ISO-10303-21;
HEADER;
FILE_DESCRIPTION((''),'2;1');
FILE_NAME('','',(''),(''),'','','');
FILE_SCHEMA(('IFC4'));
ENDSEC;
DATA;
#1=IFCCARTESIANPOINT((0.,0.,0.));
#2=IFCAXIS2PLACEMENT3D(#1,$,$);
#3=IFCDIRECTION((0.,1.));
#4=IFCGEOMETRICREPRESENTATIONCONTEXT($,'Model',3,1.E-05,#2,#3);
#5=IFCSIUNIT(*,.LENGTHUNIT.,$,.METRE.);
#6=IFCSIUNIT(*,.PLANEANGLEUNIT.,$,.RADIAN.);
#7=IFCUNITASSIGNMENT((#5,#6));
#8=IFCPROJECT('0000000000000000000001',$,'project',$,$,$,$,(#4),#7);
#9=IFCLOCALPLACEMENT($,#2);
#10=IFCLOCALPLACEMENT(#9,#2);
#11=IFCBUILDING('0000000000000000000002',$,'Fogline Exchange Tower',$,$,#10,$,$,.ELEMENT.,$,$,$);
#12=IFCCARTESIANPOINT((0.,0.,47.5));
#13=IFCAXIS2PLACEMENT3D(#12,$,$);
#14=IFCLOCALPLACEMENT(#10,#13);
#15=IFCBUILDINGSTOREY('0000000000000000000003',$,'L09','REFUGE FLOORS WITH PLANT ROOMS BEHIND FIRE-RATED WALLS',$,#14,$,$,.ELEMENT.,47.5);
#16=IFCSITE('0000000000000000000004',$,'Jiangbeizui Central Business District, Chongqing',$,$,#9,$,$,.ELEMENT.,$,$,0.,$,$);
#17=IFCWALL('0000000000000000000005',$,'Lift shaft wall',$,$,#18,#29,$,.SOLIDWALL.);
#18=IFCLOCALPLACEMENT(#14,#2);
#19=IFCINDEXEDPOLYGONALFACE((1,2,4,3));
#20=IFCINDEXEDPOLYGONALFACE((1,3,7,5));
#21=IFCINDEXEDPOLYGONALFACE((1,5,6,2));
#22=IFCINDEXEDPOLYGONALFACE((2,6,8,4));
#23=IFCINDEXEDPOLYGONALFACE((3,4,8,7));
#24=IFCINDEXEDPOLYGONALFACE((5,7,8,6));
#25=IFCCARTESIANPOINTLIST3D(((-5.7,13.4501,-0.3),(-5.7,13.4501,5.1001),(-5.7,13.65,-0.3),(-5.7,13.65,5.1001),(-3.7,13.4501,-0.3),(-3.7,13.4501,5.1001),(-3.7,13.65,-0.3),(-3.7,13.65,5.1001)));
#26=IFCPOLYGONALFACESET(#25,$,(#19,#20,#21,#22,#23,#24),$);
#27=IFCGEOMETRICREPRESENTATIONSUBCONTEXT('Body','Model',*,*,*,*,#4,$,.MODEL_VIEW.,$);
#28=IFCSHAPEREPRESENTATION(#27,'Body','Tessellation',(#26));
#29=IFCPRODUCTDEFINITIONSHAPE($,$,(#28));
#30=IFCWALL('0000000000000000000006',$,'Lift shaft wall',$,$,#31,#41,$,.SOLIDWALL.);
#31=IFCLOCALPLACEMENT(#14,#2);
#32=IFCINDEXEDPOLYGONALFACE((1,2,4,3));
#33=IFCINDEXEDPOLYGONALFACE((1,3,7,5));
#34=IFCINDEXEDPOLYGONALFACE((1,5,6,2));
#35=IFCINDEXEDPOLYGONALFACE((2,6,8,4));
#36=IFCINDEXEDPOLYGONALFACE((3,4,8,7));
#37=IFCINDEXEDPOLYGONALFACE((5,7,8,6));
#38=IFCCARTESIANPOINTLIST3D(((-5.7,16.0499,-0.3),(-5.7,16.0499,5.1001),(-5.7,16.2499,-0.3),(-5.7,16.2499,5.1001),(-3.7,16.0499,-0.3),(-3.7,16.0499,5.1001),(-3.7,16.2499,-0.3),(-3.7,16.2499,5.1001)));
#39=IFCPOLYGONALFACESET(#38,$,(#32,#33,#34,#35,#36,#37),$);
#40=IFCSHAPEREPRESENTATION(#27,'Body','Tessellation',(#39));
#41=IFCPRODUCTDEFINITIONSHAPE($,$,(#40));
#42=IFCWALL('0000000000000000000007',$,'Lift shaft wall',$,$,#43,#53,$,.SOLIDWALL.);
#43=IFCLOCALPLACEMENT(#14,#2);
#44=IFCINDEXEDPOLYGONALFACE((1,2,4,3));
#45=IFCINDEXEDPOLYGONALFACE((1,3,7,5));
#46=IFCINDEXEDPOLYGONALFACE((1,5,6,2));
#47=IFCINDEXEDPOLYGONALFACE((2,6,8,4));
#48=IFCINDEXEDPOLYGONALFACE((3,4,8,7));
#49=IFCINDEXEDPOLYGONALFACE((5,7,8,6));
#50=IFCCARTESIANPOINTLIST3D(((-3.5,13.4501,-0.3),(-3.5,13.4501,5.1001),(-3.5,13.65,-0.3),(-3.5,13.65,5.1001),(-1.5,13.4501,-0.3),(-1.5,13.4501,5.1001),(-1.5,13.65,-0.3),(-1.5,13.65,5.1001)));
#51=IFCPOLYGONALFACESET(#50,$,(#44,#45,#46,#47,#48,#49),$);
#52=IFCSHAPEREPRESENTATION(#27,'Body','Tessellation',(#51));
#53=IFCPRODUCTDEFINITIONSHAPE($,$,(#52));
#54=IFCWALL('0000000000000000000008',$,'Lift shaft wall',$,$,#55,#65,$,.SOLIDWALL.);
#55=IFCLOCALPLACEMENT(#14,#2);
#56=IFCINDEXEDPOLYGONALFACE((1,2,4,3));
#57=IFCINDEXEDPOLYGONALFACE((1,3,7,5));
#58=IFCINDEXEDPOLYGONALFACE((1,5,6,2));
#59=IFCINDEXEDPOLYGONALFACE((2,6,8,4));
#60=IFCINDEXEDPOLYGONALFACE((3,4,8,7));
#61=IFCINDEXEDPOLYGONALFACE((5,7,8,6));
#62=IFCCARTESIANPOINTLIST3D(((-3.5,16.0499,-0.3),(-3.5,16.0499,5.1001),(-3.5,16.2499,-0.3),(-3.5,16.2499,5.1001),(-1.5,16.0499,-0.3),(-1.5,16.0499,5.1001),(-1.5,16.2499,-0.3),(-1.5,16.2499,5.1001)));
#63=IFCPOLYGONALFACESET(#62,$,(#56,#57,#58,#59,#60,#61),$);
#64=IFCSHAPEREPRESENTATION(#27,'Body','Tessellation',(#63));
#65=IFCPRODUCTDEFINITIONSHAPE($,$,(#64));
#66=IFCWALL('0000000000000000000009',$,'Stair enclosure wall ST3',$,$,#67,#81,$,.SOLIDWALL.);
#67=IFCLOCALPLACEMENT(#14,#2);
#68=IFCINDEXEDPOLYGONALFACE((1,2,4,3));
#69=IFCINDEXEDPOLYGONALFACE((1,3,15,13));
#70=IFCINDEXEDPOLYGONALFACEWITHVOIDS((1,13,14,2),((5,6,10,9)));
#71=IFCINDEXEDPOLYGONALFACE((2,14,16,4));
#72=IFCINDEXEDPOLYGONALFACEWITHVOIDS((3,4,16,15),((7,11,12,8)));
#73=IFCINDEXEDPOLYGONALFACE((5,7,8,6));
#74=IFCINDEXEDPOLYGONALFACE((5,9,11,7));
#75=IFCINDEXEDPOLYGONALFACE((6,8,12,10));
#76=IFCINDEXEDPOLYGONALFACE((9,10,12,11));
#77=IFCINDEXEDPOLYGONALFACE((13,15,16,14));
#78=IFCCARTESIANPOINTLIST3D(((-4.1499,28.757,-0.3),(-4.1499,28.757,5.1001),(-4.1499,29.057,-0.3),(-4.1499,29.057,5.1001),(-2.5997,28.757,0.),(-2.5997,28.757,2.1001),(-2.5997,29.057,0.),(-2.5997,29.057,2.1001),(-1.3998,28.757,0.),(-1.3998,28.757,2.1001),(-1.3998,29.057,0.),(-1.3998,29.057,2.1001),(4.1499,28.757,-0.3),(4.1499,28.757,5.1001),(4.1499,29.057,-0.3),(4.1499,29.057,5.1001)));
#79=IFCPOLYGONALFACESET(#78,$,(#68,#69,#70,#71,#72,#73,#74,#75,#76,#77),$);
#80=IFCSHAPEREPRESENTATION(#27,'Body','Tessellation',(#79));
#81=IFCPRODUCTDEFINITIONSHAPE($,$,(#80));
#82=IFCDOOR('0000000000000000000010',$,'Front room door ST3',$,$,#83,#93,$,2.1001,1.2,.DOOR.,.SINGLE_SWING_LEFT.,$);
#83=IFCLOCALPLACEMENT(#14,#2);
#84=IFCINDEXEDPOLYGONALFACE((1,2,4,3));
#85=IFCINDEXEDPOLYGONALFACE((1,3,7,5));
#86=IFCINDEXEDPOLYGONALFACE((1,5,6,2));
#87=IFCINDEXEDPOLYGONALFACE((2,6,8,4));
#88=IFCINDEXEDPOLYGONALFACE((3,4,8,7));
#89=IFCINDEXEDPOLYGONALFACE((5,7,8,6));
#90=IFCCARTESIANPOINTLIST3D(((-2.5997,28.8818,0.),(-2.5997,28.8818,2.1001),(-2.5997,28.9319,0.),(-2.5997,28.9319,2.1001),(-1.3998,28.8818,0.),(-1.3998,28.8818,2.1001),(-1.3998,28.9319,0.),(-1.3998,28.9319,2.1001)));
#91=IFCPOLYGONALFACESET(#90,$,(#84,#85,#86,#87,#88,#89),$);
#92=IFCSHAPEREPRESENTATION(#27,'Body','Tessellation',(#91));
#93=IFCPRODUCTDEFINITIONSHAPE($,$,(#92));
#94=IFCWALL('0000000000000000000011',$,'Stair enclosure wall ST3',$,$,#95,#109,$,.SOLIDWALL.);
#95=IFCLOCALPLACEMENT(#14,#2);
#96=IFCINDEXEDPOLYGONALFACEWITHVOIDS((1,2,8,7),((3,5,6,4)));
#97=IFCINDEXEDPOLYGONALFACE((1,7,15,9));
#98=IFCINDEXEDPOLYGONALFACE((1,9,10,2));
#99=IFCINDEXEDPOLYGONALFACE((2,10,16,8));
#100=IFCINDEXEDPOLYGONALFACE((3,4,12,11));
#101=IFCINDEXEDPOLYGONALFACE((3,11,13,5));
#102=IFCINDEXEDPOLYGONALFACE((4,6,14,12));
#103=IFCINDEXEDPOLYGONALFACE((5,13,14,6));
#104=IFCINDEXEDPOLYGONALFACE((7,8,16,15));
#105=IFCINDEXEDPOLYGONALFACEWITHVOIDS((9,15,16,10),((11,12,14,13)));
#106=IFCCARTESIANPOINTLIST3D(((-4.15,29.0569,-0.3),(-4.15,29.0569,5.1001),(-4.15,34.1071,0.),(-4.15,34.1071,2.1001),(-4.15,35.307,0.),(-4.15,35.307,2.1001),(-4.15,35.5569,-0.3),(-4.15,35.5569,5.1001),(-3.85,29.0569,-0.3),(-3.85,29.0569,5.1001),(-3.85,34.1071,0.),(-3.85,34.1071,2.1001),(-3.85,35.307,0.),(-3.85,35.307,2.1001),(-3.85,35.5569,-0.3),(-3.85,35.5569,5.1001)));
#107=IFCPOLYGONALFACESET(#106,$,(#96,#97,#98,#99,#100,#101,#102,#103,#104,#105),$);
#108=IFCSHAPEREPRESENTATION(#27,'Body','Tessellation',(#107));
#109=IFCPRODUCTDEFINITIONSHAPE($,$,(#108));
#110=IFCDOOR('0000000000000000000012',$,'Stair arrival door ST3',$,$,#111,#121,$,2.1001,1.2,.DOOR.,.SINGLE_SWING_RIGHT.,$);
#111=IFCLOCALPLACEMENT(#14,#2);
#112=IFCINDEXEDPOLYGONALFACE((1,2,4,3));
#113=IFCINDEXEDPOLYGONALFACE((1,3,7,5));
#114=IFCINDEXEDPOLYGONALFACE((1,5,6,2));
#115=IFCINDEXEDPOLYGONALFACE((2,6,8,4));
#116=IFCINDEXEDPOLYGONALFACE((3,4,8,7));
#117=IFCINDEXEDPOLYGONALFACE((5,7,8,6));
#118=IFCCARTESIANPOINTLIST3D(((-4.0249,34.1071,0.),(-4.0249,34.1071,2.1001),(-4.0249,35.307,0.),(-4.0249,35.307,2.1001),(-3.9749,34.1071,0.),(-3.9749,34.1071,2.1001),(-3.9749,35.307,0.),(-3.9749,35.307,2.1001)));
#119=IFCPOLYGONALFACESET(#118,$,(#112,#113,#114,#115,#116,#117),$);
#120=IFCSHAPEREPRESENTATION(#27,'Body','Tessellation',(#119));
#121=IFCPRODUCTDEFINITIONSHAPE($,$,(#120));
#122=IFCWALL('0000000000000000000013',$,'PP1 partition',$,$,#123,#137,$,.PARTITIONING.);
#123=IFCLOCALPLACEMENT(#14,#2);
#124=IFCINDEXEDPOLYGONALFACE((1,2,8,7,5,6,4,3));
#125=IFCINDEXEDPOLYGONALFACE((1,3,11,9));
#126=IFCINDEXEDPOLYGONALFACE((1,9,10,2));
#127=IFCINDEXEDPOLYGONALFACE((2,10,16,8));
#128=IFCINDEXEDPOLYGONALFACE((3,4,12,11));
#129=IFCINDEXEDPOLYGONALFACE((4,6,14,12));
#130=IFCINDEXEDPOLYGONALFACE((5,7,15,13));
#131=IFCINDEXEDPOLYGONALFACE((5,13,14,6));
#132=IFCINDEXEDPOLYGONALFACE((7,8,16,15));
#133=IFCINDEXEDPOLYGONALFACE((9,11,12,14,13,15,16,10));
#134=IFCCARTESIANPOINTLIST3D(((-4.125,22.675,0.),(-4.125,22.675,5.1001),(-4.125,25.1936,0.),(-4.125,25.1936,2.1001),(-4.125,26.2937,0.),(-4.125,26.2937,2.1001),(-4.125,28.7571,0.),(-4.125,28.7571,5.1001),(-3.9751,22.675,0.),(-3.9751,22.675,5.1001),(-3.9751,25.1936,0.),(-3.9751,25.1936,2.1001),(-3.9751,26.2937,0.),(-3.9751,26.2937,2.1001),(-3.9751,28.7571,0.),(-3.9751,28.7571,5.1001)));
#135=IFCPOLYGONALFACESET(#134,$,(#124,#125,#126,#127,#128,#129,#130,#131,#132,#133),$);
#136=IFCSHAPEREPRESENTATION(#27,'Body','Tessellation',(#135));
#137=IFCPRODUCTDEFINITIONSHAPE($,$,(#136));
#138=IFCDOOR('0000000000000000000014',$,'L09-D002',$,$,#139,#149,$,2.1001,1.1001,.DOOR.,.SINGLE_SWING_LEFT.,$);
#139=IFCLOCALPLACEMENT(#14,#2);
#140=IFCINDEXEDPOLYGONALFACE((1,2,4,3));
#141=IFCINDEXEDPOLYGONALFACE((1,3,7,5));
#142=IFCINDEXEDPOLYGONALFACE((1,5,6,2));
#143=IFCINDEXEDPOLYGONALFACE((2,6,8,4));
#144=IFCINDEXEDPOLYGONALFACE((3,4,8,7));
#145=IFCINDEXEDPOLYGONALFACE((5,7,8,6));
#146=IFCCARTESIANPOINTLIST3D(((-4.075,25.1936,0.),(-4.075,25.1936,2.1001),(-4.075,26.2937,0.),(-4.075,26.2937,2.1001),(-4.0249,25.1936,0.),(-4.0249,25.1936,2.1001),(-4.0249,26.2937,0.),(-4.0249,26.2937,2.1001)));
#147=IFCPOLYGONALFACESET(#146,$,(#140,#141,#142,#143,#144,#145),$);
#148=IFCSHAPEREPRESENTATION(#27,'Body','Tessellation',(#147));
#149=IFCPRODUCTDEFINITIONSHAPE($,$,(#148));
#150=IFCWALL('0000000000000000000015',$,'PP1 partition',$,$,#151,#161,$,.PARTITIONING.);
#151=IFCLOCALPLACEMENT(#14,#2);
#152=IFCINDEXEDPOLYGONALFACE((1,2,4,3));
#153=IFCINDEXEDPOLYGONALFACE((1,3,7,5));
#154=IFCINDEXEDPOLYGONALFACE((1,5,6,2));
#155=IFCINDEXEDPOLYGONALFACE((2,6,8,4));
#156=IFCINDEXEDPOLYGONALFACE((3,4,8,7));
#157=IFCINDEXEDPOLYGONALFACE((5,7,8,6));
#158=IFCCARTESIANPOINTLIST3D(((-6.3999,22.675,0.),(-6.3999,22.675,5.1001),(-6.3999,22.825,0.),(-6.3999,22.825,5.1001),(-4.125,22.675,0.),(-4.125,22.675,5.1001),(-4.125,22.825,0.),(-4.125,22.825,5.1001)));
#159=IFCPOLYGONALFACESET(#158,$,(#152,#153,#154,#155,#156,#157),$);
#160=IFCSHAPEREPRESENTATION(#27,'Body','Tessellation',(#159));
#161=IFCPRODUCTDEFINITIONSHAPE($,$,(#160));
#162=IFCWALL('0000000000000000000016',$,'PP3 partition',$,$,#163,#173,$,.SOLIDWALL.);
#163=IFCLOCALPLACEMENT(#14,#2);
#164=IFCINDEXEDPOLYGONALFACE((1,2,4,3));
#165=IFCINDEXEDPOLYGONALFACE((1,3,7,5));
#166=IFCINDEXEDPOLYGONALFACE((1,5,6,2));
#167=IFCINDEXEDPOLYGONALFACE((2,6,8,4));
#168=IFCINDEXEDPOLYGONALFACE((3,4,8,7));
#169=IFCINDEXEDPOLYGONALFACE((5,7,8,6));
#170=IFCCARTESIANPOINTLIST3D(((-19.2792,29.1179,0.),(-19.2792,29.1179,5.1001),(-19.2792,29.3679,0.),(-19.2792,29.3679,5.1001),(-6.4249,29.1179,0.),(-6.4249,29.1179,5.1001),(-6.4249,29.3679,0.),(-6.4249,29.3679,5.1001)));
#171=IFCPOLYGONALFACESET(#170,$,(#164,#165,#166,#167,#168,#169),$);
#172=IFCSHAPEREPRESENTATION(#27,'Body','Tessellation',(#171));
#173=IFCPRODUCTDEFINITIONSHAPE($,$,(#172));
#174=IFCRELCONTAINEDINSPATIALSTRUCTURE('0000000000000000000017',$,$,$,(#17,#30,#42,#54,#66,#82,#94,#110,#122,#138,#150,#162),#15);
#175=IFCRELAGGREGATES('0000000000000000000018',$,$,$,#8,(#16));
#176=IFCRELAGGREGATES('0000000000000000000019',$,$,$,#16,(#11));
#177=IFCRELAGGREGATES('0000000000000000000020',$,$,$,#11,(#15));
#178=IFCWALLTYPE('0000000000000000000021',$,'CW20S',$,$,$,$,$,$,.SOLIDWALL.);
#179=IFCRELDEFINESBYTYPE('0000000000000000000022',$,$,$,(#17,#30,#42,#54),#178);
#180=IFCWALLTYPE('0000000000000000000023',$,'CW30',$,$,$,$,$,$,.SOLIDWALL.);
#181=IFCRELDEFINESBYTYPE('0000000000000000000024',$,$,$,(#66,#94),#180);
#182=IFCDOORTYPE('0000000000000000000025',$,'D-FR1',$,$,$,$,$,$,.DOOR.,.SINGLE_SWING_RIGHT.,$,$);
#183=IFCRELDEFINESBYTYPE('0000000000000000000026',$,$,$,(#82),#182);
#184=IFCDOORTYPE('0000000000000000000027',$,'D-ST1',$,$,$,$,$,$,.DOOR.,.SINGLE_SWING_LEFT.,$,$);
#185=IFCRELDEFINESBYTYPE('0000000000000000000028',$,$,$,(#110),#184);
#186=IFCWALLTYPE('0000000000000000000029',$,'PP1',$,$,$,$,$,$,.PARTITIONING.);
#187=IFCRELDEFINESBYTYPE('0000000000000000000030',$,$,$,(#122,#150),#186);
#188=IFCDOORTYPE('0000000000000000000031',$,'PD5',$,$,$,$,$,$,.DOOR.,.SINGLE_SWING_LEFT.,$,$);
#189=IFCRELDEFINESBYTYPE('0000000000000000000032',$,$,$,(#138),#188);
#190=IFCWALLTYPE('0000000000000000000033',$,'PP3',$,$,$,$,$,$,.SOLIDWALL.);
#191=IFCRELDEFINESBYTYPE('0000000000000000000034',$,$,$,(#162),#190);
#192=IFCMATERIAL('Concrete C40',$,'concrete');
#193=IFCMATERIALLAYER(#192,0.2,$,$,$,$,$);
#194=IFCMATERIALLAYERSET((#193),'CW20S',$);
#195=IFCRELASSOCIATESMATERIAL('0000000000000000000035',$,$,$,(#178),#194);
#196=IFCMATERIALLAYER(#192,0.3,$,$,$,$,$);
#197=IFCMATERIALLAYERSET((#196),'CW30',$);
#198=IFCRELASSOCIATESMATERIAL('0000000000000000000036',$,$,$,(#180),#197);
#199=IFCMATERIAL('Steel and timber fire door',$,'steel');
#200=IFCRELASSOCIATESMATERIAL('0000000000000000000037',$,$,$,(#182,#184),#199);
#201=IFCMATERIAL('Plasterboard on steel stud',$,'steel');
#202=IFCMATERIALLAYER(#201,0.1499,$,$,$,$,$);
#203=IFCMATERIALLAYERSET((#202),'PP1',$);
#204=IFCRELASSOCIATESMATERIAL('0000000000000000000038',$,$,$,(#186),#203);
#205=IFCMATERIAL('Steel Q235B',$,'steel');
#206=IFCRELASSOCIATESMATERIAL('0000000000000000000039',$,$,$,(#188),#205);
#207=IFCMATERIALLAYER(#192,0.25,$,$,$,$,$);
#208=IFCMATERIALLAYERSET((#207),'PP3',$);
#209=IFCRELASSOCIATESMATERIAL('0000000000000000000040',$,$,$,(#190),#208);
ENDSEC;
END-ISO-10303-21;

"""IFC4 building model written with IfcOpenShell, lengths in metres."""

from ifc_helpers import new_model, si_unit, direction, frame, frame_2d, origin, place, context, subcontext, project, spatial, rectangle, extrude, material, layer, layer_set, type_object, element, fill, save


model = new_model("IFC4")

# Units and contexts
model_context = context("Model", 3, precision=1e-05, world=origin(), true_north=direction((0.0, 1.0)))
body_context = subcontext(model_context, "Body", "Model", "MODEL_VIEW")
ifc_project = project(units=[si_unit("LENGTHUNIT", "METRE"), si_unit("PLANEANGLEUNIT", "RADIAN")], contexts=[model_context])

# Site, building, storey
site_placement = place(None, origin())
site = spatial("IfcSite", under=ifc_project, at=site_placement, Name="Jiangbeizui Central Business District, Chongqing", CompositionType="ELEMENT", RefElevation=0.0)
building_placement = place(site_placement, origin())
building = spatial("IfcBuilding", under=site, at=building_placement, Name="Fogline Exchange Tower", CompositionType="ELEMENT")
storey_placement = place(building_placement, frame((0.0, 0.0, 47.5)))
storey = spatial("IfcBuildingStorey", under=building, at=storey_placement, Name="L09", Description="REFUGE FLOORS WITH PLANT ROOMS BEHIND FIRE-RATED WALLS", CompositionType="ELEMENT", Elevation=47.5)

# Shared definitions
ifc_material_1 = material(Name="Concrete C40", Category="concrete")

# Walls
ifc_layer_1 = layer(ifc_material_1, 0.2)
ifc_layer_set_1 = layer_set([ifc_layer_1], Name="CW20S")
wall_type_1 = type_object("IfcWallType", Name="CW20S", PredefinedType="SOLIDWALL", material=ifc_layer_set_1)
for number, where, z_axis, x_axis, name in (
    (1, (-5.7, 13.55, -0.3), (0.0, 0.0, 1.0), (1.0, 0.0, 0.0), "Lift shaft wall"),
    (2, (-5.7, 16.1499, -0.3), (0.0, 0.0, 1.0), (1.0, 0.0, 0.0), "Lift shaft wall"),
    (3, (-3.5, 13.55, -0.3), (0.0, 0.0, 1.0), (1.0, 0.0, 0.0), "Lift shaft wall"),
    (4, (-3.5, 16.1499, -0.3), (0.0, 0.0, 1.0), (1.0, 0.0, 0.0), "Lift shaft wall"),
):
    element("IfcWall", number, at=place(storey_placement, frame(where, z_axis=z_axis, x_axis=x_axis)), inside=storey, type_object=wall_type_1, Name=name, PredefinedType="SOLIDWALL", context=body_context, shape_type="SweptSolid", body=[
        extrude(rectangle(XDim=2.0, YDim=0.2, at=frame_2d((1.0, 0.0))), origin(), (0.0, 0.0, 1.0), 5.4001),
    ])

# Walls, openings, doors
ifc_layer_2 = layer(ifc_material_1, 0.3)
ifc_layer_set_2 = layer_set([ifc_layer_2], Name="CW30")
wall_type_2 = type_object("IfcWallType", Name="CW30", PredefinedType="SOLIDWALL", material=ifc_layer_set_2)
wall_1_placement = place(storey_placement, frame((-4.1499, 28.907, -0.3), z_axis=(0.0, 0.0, 1.0), x_axis=(1.0, 0.0, 0.0)))
wall_1 = element("IfcWall", 5, at=wall_1_placement, inside=storey, type_object=wall_type_2, Name="Stair enclosure wall ST3", PredefinedType="SOLIDWALL", context=body_context, shape_type="SweptSolid", body=[
    extrude(rectangle(XDim=8.2998, YDim=0.3, at=frame_2d((4.1499, 0.0))), origin(), (0.0, 0.0, 1.0), 5.4001),
])
opening_1_placement = place(wall_1_placement, frame((1.55, 0.0, 0.3)))
opening_1 = element("IfcOpeningElement", 6, at=opening_1_placement, cuts=wall_1, PredefinedType="OPENING", context=body_context, shape_type="SweptSolid", body=[
    extrude(rectangle(XDim=1.2, YDim=2.1001, at=frame_2d((0.6001, 1.05))), frame((0.0, 0.1602, 0.0), z_axis=(0.0, -1.0, 0.0), x_axis=(1.0, 0.0, 0.0)), (0.0, 0.0, 1.0), 0.3201),
])
ifc_material_2 = material(Name="Steel and timber fire door", Category="steel")
door_type_1 = type_object("IfcDoorType", Name="D-FR1", OperationType="SINGLE_SWING_RIGHT", PredefinedType="DOOR", material=ifc_material_2)
door_1_placement = place(opening_1_placement, origin())
door_1 = element("IfcDoor", 7, at=door_1_placement, inside=storey, type_object=door_type_1, Name="Front room door ST3", OperationType="SINGLE_SWING_LEFT", OverallHeight=2.1001, OverallWidth=1.2, PredefinedType="DOOR", context=body_context, shape_type="SweptSolid", body=[
    extrude(rectangle(XDim=1.2, YDim=2.1001, at=frame_2d((0.6001, 1.05))), frame((0.0, 0.0249, 0.0), z_axis=(0.0, -1.0, 0.0), x_axis=(1.0, 0.0, 0.0)), (0.0, 0.0, 1.0), 0.05),
])
fill(opening_1, door_1)
wall_2_placement = place(storey_placement, frame((-4.0, 29.0569, -0.3), z_axis=(0.0, 0.0, 1.0), x_axis=(0.0, 1.0, 0.0)))
wall_2 = element("IfcWall", 8, at=wall_2_placement, inside=storey, type_object=wall_type_2, Name="Stair enclosure wall ST3", PredefinedType="SOLIDWALL", context=body_context, shape_type="SweptSolid", body=[
    extrude(rectangle(XDim=6.5, YDim=0.3, at=frame_2d((3.25, 0.0))), origin(), (0.0, 0.0, 1.0), 5.4001),
])
opening_2_placement = place(wall_2_placement, frame((5.05, 0.0, 0.3)))
opening_2 = element("IfcOpeningElement", 9, at=opening_2_placement, cuts=wall_2, PredefinedType="OPENING", context=body_context, shape_type="SweptSolid", body=[
    extrude(rectangle(XDim=1.2, YDim=2.1001, at=frame_2d((0.6001, 1.05))), frame((0.0, 0.1602, 0.0), z_axis=(0.0, -1.0, 0.0), x_axis=(1.0, 0.0, 0.0)), (0.0, 0.0, 1.0), 0.3201),
])
door_type_2 = type_object("IfcDoorType", Name="D-ST1", OperationType="SINGLE_SWING_LEFT", PredefinedType="DOOR", material=ifc_material_2)
door_2_placement = place(opening_2_placement, origin())
door_2 = element("IfcDoor", 10, at=door_2_placement, inside=storey, type_object=door_type_2, Name="Stair arrival door ST3", OperationType="SINGLE_SWING_RIGHT", OverallHeight=2.1001, OverallWidth=1.2, PredefinedType="DOOR", context=body_context, shape_type="SweptSolid", body=[
    extrude(rectangle(XDim=1.2, YDim=2.1001, at=frame_2d((0.6001, 1.05))), frame((0.0, 0.0249, 0.0), z_axis=(0.0, -1.0, 0.0), x_axis=(1.0, 0.0, 0.0)), (0.0, 0.0, 1.0), 0.05),
])
fill(opening_2, door_2)
ifc_material_3 = material(Name="Plasterboard on steel stud", Category="steel")
ifc_layer_3 = layer(ifc_material_3, 0.1499)
ifc_layer_set_3 = layer_set([ifc_layer_3], Name="PP1")
wall_type_3 = type_object("IfcWallType", Name="PP1", PredefinedType="PARTITIONING", material=ifc_layer_set_3)
wall_3_placement = place(storey_placement, frame((-4.05, 22.675, 0.0), z_axis=(0.0, 0.0, 1.0), x_axis=(0.0, 1.0, 0.0)))
wall_3 = element("IfcWall", 11, at=wall_3_placement, inside=storey, type_object=wall_type_3, Name="PP1 partition", PredefinedType="PARTITIONING", context=body_context, shape_type="SweptSolid", body=[
    extrude(rectangle(XDim=6.082, YDim=0.1499, at=frame_2d((3.041, 0.0))), origin(), (0.0, 0.0, 1.0), 5.1001),
])
opening_3_placement = place(wall_3_placement, frame((2.5186, 0.0, 0.0)))
opening_3 = element("IfcOpeningElement", 12, at=opening_3_placement, cuts=wall_3, PredefinedType="OPENING", context=body_context, shape_type="SweptSolid", body=[
    extrude(rectangle(XDim=1.1001, YDim=2.1001, at=frame_2d((0.55, 1.05))), frame((0.0, 0.085, 0.0), z_axis=(0.0, -1.0, 0.0), x_axis=(1.0, 0.0, 0.0)), (0.0, 0.0, 1.0), 0.1699),
])
ifc_material_4 = material(Name="Steel Q235B", Category="steel")
door_type_3 = type_object("IfcDoorType", Name="PD5", OperationType="SINGLE_SWING_LEFT", PredefinedType="DOOR", material=ifc_material_4)
door_3_placement = place(opening_3_placement, origin())
door_3 = element("IfcDoor", 13, at=door_3_placement, inside=storey, type_object=door_type_3, Name="L09-D002", OperationType="SINGLE_SWING_LEFT", OverallHeight=2.1001, OverallWidth=1.1001, PredefinedType="DOOR", context=body_context, shape_type="SweptSolid", body=[
    extrude(rectangle(XDim=1.1001, YDim=2.1001, at=frame_2d((0.55, 1.05))), frame((0.0, 0.0249, 0.0), z_axis=(0.0, -1.0, 0.0), x_axis=(1.0, 0.0, 0.0)), (0.0, 0.0, 1.0), 0.05),
])
fill(opening_3, door_3)

# Walls
wall_4_placement = place(storey_placement, frame((-6.3999, 22.75, 0.0), z_axis=(0.0, 0.0, 1.0), x_axis=(1.0, 0.0, 0.0)))
element("IfcWall", 14, at=wall_4_placement, inside=storey, type_object=wall_type_3, Name="PP1 partition", PredefinedType="PARTITIONING", context=body_context, shape_type="SweptSolid", body=[
    extrude(rectangle(XDim=2.2749, YDim=0.1499, at=frame_2d((1.1375, 0.0))), origin(), (0.0, 0.0, 1.0), 5.1001),
])
ifc_layer_4 = layer(ifc_material_1, 0.25)
ifc_layer_set_4 = layer_set([ifc_layer_4], Name="PP3")
wall_type_4 = type_object("IfcWallType", Name="PP3", PredefinedType="SOLIDWALL", material=ifc_layer_set_4)
wall_5_placement = place(storey_placement, frame((-19.2793, 29.2429, 0.0), z_axis=(0.0, 0.0, 1.0), x_axis=(1.0, 0.0, 0.0)))
element("IfcWall", 15, at=wall_5_placement, inside=storey, type_object=wall_type_4, Name="PP3 partition", PredefinedType="SOLIDWALL", context=body_context, shape_type="SweptSolid", body=[
    extrude(rectangle(XDim=12.8542, YDim=0.25, at=frame_2d((6.4272, 0.0))), origin(), (0.0, 0.0, 1.0), 5.1001),
])

save(model, "model.ifc")
